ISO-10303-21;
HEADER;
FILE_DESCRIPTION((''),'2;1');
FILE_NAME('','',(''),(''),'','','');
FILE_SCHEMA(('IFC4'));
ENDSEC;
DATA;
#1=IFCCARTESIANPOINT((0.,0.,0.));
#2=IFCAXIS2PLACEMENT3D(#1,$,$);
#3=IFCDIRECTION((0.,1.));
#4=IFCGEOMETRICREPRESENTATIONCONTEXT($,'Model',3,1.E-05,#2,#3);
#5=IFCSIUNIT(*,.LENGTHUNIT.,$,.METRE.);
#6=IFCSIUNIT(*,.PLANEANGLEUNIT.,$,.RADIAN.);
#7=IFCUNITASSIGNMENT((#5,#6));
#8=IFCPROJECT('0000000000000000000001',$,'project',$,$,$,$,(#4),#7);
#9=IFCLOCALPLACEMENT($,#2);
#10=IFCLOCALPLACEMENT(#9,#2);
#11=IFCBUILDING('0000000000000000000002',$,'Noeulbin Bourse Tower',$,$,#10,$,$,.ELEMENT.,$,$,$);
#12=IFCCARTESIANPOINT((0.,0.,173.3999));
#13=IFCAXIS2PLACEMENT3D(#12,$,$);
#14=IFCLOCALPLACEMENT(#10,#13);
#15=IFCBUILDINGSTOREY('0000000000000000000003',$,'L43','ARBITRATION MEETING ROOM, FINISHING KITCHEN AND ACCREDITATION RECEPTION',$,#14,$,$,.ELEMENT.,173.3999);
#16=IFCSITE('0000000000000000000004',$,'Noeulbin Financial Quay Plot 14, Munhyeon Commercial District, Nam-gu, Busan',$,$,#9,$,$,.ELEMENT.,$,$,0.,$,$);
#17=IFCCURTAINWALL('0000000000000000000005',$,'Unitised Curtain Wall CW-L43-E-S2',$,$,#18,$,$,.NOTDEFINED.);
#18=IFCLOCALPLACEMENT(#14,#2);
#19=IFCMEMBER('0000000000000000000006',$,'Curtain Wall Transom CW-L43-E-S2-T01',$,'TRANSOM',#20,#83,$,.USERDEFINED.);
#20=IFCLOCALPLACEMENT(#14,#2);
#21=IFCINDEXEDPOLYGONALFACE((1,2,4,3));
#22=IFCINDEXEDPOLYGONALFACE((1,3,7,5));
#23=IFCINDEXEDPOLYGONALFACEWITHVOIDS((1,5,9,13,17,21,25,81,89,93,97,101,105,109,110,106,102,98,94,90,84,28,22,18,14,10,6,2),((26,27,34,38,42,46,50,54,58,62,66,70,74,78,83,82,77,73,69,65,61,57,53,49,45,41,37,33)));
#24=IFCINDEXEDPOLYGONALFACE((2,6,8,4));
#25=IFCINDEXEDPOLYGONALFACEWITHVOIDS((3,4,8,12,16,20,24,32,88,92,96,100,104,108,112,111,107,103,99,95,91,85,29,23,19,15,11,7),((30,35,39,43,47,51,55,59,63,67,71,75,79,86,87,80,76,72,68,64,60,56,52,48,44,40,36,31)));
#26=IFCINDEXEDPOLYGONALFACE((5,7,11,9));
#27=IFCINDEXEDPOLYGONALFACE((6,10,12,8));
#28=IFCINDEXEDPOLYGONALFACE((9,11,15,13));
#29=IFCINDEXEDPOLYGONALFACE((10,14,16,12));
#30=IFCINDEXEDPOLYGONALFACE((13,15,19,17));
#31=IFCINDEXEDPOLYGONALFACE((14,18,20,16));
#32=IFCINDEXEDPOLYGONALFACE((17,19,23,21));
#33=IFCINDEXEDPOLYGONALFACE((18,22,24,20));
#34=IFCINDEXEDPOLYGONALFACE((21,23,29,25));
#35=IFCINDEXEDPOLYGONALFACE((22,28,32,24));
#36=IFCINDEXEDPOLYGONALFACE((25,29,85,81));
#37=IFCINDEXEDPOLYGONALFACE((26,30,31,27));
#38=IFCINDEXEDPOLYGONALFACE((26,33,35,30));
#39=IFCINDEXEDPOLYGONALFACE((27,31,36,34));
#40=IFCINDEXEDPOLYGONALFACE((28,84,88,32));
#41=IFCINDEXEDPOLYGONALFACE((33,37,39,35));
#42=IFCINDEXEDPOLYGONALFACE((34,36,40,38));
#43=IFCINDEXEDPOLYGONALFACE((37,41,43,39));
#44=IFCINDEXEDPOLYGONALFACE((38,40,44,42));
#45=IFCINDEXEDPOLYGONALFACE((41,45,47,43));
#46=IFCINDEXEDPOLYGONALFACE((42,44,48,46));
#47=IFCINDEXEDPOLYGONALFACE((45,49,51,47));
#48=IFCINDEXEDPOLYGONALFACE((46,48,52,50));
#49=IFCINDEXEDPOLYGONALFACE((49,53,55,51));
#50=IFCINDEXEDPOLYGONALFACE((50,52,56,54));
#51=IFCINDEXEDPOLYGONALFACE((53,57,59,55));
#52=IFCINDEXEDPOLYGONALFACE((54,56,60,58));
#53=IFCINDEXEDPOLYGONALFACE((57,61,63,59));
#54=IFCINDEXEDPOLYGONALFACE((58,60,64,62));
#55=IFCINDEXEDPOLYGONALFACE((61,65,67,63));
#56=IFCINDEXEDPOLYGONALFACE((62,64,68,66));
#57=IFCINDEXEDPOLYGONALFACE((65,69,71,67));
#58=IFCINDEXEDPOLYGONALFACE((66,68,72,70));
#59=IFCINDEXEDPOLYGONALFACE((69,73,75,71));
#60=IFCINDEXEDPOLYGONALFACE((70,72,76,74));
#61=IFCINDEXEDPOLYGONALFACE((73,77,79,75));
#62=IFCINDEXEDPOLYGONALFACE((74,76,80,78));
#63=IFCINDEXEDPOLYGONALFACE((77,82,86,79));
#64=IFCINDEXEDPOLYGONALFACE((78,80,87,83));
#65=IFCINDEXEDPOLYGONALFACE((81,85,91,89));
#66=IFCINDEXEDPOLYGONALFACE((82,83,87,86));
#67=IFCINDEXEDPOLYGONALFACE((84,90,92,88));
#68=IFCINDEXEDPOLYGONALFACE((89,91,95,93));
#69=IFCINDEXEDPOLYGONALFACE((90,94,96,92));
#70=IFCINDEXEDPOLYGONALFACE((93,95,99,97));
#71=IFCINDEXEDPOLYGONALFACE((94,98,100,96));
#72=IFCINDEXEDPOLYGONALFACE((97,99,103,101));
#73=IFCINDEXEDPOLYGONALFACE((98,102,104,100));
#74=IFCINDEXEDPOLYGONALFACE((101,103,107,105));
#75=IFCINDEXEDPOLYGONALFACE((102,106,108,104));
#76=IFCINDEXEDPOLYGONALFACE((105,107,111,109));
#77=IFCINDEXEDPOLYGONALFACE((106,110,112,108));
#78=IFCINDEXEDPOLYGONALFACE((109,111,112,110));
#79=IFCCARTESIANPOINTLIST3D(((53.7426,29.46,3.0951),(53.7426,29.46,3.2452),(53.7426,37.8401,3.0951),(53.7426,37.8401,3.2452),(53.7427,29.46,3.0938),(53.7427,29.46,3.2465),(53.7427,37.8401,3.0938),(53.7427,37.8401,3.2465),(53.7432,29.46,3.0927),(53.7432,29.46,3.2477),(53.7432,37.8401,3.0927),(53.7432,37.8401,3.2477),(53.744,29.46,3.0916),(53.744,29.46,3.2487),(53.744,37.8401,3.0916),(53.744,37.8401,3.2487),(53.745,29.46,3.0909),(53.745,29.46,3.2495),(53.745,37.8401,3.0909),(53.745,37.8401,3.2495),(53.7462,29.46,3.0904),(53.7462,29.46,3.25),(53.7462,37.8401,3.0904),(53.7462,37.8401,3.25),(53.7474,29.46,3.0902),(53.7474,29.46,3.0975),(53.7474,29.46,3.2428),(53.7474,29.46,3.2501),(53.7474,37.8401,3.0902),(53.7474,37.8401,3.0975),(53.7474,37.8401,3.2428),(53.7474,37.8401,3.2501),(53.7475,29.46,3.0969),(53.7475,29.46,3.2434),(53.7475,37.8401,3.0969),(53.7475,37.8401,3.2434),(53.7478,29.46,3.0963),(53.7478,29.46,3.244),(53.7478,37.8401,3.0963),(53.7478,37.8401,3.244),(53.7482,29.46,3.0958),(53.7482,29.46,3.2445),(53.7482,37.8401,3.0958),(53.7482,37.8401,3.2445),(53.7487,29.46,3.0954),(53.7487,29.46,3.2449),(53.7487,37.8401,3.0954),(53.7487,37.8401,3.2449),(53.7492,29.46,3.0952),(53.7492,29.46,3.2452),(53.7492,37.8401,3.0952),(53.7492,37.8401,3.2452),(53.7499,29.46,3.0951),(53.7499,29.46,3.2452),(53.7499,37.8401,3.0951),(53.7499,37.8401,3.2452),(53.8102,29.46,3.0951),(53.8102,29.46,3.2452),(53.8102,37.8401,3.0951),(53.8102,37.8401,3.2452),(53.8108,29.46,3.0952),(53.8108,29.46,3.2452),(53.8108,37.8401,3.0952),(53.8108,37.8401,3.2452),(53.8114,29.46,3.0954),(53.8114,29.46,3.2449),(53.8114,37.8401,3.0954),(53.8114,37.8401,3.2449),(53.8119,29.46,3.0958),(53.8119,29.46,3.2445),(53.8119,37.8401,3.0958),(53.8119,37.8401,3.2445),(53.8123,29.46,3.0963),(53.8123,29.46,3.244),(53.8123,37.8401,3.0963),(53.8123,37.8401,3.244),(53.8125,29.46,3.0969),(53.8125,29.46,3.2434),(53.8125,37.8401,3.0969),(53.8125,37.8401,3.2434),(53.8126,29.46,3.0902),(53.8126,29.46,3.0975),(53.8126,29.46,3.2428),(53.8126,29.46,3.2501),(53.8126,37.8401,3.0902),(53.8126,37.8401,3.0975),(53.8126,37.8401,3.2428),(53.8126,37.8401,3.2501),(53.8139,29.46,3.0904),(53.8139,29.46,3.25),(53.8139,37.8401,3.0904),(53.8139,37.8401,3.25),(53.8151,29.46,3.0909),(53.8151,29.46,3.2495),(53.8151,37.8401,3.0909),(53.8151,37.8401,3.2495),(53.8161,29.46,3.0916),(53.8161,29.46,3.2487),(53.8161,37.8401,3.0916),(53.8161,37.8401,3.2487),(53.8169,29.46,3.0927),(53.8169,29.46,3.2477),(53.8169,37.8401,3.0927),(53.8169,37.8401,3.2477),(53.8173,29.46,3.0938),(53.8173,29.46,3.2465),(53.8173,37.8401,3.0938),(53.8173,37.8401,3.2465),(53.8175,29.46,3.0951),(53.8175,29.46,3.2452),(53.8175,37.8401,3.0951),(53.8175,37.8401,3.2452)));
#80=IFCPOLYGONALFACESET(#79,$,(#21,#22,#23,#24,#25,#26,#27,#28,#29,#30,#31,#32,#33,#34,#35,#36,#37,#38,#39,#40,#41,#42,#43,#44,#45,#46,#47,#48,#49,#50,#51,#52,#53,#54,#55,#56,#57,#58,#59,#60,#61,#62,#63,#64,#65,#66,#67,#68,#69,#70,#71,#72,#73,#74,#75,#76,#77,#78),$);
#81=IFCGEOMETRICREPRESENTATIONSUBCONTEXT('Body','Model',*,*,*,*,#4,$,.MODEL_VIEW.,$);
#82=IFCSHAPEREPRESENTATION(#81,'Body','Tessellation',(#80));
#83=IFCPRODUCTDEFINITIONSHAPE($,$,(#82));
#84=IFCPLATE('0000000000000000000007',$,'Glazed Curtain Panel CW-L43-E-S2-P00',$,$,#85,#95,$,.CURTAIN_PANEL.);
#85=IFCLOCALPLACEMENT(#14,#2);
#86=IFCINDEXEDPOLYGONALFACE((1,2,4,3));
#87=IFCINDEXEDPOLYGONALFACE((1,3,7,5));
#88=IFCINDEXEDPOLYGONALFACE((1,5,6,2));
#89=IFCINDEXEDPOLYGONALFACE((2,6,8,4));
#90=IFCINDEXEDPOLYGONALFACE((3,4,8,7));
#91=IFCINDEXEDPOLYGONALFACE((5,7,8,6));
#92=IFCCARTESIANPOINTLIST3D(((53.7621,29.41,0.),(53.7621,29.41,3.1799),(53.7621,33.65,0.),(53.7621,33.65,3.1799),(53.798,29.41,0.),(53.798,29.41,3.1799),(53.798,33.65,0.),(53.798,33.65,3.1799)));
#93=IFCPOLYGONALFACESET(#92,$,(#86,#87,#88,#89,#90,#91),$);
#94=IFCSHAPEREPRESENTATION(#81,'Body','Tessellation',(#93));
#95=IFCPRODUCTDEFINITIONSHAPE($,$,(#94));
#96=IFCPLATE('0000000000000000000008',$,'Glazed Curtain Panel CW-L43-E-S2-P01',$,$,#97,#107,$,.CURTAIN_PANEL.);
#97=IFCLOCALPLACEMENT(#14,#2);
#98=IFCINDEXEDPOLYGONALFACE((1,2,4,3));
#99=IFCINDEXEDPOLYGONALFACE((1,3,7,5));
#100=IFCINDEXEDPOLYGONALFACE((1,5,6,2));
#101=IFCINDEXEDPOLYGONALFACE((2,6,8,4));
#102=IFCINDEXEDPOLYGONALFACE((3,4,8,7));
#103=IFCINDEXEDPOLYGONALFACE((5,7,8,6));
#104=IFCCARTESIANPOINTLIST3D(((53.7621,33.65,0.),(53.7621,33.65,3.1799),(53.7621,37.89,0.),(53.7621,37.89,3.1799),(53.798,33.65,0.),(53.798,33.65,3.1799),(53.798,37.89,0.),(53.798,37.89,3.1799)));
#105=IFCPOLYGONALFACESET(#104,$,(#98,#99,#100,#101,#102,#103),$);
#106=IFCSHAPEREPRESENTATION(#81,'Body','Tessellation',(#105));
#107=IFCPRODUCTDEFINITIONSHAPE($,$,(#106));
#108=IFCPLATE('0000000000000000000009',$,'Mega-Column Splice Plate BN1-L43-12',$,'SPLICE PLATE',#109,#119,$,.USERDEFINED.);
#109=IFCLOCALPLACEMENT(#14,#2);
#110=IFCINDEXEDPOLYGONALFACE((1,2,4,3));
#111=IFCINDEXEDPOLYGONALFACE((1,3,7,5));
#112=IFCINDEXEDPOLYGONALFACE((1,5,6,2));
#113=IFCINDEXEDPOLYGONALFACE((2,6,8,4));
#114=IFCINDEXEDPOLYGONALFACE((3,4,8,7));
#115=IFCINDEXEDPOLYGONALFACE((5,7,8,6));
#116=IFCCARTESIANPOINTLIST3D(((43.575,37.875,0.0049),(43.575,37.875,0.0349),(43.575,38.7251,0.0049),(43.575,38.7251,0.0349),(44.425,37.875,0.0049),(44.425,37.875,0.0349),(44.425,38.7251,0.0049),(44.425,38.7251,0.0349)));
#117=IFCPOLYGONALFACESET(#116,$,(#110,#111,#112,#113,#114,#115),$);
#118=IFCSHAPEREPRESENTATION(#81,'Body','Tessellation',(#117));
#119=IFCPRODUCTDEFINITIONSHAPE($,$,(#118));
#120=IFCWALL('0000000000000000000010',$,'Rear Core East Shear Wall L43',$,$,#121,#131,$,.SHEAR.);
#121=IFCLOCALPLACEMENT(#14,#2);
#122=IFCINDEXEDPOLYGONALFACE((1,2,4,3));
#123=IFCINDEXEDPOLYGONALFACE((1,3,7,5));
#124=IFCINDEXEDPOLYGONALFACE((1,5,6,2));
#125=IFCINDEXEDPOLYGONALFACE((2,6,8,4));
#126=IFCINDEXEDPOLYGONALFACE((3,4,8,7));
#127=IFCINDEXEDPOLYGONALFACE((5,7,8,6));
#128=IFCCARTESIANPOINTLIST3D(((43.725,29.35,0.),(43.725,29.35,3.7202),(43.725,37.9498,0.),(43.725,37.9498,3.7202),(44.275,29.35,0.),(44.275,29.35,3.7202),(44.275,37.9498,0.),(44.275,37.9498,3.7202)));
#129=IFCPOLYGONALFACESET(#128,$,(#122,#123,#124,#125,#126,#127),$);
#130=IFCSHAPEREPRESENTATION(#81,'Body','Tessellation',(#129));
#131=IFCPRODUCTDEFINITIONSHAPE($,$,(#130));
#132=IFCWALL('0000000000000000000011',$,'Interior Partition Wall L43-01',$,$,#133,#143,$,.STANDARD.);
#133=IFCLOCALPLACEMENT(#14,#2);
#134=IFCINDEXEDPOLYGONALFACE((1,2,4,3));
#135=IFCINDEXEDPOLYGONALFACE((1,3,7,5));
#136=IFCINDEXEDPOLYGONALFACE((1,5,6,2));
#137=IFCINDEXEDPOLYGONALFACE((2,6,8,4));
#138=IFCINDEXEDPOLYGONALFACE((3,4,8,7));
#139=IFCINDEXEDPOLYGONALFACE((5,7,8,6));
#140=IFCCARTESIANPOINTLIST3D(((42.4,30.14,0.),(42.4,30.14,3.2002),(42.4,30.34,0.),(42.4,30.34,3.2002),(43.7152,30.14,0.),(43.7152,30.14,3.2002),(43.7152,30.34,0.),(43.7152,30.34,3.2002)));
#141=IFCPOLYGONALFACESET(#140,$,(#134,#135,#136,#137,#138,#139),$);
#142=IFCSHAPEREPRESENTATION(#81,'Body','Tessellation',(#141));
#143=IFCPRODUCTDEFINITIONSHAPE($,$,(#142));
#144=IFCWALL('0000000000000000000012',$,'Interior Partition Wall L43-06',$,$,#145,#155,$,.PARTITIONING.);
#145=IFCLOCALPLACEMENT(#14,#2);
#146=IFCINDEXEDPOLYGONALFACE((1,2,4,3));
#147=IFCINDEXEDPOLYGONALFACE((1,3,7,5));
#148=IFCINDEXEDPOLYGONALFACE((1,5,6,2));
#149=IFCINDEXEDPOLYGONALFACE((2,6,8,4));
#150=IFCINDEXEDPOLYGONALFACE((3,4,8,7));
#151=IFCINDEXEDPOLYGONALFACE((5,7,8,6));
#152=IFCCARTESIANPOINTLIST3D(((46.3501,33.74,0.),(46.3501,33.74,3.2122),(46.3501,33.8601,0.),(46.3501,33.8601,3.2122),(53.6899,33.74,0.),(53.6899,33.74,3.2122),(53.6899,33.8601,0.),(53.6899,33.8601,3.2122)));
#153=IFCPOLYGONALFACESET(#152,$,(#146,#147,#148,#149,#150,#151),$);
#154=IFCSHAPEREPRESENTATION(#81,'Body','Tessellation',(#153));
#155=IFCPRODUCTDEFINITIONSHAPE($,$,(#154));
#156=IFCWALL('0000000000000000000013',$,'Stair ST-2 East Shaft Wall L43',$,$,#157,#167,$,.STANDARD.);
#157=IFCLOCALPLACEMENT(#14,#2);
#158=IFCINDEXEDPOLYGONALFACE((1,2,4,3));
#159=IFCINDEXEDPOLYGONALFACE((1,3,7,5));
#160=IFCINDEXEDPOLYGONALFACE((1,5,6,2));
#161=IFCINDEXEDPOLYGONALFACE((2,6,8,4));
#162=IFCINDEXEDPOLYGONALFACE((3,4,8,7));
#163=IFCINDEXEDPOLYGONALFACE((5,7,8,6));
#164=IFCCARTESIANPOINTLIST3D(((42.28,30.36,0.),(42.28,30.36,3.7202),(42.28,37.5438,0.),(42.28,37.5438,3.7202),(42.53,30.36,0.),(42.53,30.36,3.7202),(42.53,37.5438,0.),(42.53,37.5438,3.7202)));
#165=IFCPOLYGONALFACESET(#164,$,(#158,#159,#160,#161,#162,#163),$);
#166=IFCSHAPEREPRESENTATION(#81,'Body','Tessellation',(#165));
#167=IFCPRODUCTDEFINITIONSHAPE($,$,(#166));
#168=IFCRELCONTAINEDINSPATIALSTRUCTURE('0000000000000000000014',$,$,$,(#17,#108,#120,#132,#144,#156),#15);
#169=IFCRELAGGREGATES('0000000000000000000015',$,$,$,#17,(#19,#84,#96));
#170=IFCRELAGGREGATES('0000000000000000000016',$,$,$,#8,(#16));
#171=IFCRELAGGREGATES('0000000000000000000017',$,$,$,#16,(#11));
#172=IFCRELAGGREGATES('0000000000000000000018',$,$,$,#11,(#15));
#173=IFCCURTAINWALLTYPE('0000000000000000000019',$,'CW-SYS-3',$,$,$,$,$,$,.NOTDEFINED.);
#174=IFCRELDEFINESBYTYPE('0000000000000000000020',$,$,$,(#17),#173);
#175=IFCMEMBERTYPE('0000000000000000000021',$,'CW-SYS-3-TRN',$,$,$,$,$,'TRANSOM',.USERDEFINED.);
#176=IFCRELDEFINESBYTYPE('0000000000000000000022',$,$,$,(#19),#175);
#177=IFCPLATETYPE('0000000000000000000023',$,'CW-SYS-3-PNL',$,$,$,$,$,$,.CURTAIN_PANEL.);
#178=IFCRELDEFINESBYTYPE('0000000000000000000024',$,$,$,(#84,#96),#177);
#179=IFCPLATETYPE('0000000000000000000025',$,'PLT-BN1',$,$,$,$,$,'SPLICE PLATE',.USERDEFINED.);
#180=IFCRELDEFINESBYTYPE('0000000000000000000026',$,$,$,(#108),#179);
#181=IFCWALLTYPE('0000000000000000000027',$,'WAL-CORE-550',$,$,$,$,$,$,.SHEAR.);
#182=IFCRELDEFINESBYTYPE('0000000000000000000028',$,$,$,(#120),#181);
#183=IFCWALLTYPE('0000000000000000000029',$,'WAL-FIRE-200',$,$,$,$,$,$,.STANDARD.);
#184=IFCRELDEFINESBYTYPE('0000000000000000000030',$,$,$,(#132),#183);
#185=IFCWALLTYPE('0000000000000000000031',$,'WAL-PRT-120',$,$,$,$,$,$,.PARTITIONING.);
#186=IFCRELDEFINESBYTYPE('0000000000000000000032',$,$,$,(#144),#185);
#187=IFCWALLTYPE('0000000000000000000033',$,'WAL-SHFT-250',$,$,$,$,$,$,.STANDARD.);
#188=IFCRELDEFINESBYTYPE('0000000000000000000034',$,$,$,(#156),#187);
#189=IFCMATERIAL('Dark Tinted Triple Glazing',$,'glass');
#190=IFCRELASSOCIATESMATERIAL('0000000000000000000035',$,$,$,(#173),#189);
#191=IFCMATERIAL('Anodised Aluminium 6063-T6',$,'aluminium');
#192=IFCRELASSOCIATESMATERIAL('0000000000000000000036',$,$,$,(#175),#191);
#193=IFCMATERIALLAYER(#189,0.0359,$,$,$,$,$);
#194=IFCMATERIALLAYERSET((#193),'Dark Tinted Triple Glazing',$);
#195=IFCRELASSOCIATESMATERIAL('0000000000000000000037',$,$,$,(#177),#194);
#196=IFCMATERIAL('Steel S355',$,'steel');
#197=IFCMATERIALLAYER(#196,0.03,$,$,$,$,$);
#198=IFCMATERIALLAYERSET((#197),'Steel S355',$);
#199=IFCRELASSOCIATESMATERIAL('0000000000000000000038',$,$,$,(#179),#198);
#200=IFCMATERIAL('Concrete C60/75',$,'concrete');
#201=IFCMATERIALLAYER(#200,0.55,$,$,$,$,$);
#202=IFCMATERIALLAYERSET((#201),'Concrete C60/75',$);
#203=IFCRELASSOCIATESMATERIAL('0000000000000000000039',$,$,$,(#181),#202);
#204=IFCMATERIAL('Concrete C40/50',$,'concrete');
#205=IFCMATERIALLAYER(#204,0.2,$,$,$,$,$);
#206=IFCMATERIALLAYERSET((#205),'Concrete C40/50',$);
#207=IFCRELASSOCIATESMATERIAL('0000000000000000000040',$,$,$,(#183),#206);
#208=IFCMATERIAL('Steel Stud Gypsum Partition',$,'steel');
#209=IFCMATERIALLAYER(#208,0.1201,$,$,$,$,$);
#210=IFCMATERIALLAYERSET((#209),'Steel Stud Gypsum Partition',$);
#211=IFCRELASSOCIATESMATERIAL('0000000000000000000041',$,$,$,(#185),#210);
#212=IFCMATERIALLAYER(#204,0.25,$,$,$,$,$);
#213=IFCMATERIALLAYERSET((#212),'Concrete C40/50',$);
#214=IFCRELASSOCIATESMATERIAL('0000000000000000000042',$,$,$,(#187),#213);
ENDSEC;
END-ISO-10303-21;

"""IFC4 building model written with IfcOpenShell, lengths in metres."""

from ifc_helpers import new_model, si_unit, direction, frame, frame_2d, origin, origin_2d, place, context, subcontext, project, spatial, rectangle, hollow_rectangle, extrude, material, layer, layer_set, material_profile, profile_set, type_object, element, aggregate, save


model = new_model("IFC4")

# Units and contexts
model_context = context("Model", 3, precision=1e-05, world=origin(), true_north=direction((0.0, 1.0)))
body_context = subcontext(model_context, "Body", "Model", "MODEL_VIEW")
ifc_project = project(units=[si_unit("LENGTHUNIT", "METRE"), si_unit("PLANEANGLEUNIT", "RADIAN")], contexts=[model_context])

# Site, building, storey
site_placement = place(None, origin())
site = spatial("IfcSite", under=ifc_project, at=site_placement, Name="Noeulbin Financial Quay Plot 14, Munhyeon Commercial District, Nam-gu, Busan", CompositionType="ELEMENT", RefElevation=0.0)
building_placement = place(site_placement, origin())
building = spatial("IfcBuilding", under=site, at=building_placement, Name="Noeulbin Bourse Tower", CompositionType="ELEMENT")
storey_placement = place(building_placement, frame((0.0, 0.0, 173.3999)))
storey = spatial("IfcBuildingStorey", under=building, at=storey_placement, Name="L43", Description="ARBITRATION MEETING ROOM, FINISHING KITCHEN AND ACCREDITATION RECEPTION", CompositionType="ELEMENT", Elevation=173.3999)

# Shared definitions
ifc_material_1 = material(Name="Steel S355", Category="steel")

# Curtain wall, member, plates
ifc_material_2 = material(Name="Dark Tinted Triple Glazing", Category="glass")
curtain_wall_type = type_object("IfcCurtainWallType", Name="CW-SYS-3", PredefinedType="NOTDEFINED", material=ifc_material_2)
curtain_wall_placement = place(storey_placement, origin())
curtain_wall = element("IfcCurtainWall", 1, at=curtain_wall_placement, inside=storey, type_object=curtain_wall_type, Name="Unitised Curtain Wall CW-L43-E-S2", PredefinedType="NOTDEFINED")
ifc_material_3 = material(Name="Anodised Aluminium 6063-T6", Category="aluminium")
ifc_material_profile_1 = material_profile(ifc_material_3, hollow_rectangle(XDim=0.075, YDim=0.1599, WallThickness=0.0049, InnerFilletRadius=0.0024, OuterFilletRadius=0.0049, at=origin_2d()), Name="ALU-TRAN-75x160x5", Category="LoadBearing")
ifc_profile_set_1 = profile_set([ifc_material_profile_1], Name="Anodised Aluminium 6063-T6")
member_type_1 = type_object("IfcMemberType", Name="CW-SYS-3-TRN", ElementType="TRANSOM", PredefinedType="USERDEFINED", material=ifc_profile_set_1)
member_1_placement = place(storey_placement, frame((53.78, 29.46, 3.1702), z_axis=(0.0, 1.0, 0.0), x_axis=(-1.0, 0.0, 0.0)))
member_1 = element("IfcMember", 2, at=member_1_placement, type_object=member_type_1, Name="Curtain Wall Transom CW-L43-E-S2-T01", ObjectType="TRANSOM", PredefinedType="USERDEFINED", context=body_context, shape_type="SweptSolid", body=[
    extrude(hollow_rectangle(XDim=0.075, YDim=0.1599, WallThickness=0.0049, InnerFilletRadius=0.0024, OuterFilletRadius=0.0049, at=origin_2d()), origin(), (0.0, 0.0, 1.0), 8.3801),
])
ifc_layer_1 = layer(ifc_material_2, 0.0359)
ifc_layer_set_1 = layer_set([ifc_layer_1], Name="Dark Tinted Triple Glazing")
plate_type_1 = type_object("IfcPlateType", Name="CW-SYS-3-PNL", PredefinedType="CURTAIN_PANEL", material=ifc_layer_set_1)
plate_1_placement = place(storey_placement, frame((53.78, 31.53, 0.0), z_axis=(0.0, 0.0, 1.0), x_axis=(0.0, 1.0, 0.0)))
plate_1 = element("IfcPlate", 3, at=plate_1_placement, type_object=plate_type_1, Name="Glazed Curtain Panel CW-L43-E-S2-P00", PredefinedType="CURTAIN_PANEL", context=body_context, shape_type="SweptSolid", body=[
    extrude(rectangle(XDim=4.24, YDim=0.0359, at=origin_2d()), origin(), (0.0, 0.0, 1.0), 3.1799),
])
plate_2_placement = place(storey_placement, frame((53.78, 35.77, 0.0), z_axis=(0.0, 0.0, 1.0), x_axis=(0.0, 1.0, 0.0)))
plate_2 = element("IfcPlate", 4, at=plate_2_placement, type_object=plate_type_1, Name="Glazed Curtain Panel CW-L43-E-S2-P01", PredefinedType="CURTAIN_PANEL", context=body_context, shape_type="SweptSolid", body=[
    extrude(rectangle(XDim=4.24, YDim=0.0359, at=origin_2d()), origin(), (0.0, 0.0, 1.0), 3.1799),
])
aggregate(curtain_wall, [member_1, plate_1, plate_2])

# Plate
ifc_layer_2 = layer(ifc_material_1, 0.03)
ifc_layer_set_2 = layer_set([ifc_layer_2], Name="Steel S355")
plate_type_2 = type_object("IfcPlateType", Name="PLT-BN1", ElementType="SPLICE PLATE", PredefinedType="USERDEFINED", material=ifc_layer_set_2)
plate_3_placement = place(storey_placement, frame((44.0, 38.3, 0.0049), z_axis=(0.0, 0.0, 1.0), x_axis=(1.0, 0.0, 0.0)))
element("IfcPlate", 5, at=plate_3_placement, inside=storey, type_object=plate_type_2, Name="Mega-Column Splice Plate BN1-L43-12", ObjectType="SPLICE PLATE", PredefinedType="USERDEFINED", context=body_context, shape_type="SweptSolid", body=[
    extrude(rectangle(XDim=0.8501, YDim=0.8501, at=origin_2d()), origin(), (0.0, 0.0, 1.0), 0.03),
])

# Walls
ifc_material_4 = material(Name="Concrete C60/75", Category="concrete")
ifc_layer_3 = layer(ifc_material_4, 0.55)
ifc_layer_set_3 = layer_set([ifc_layer_3], Name="Concrete C60/75")
wall_type_1 = type_object("IfcWallType", Name="WAL-CORE-550", PredefinedType="SHEAR", material=ifc_layer_set_3)
wall_1_placement = place(storey_placement, frame((44.0, 29.3501, 0.0), z_axis=(0.0, 0.0, 1.0), x_axis=(0.0, 1.0, 0.0)))
element("IfcWall", 6, at=wall_1_placement, inside=storey, type_object=wall_type_1, Name="Rear Core East Shear Wall L43", PredefinedType="SHEAR", context=body_context, shape_type="SweptSolid", body=[
    extrude(rectangle(XDim=8.5999, YDim=0.55, at=frame_2d((4.2998, 0.0))), origin(), (0.0, 0.0, 1.0), 3.7202),
])
ifc_material_5 = material(Name="Concrete C40/50", Category="concrete")
ifc_layer_4 = layer(ifc_material_5, 0.2)
ifc_layer_set_4 = layer_set([ifc_layer_4], Name="Concrete C40/50")
wall_type_2 = type_object("IfcWallType", Name="WAL-FIRE-200", PredefinedType="STANDARD", material=ifc_layer_set_4)
wall_2_placement = place(storey_placement, frame((42.3999, 30.24, 0.0), z_axis=(0.0, 0.0, 1.0), x_axis=(1.0, 0.0, 0.0)))
element("IfcWall", 7, at=wall_2_placement, inside=storey, type_object=wall_type_2, Name="Interior Partition Wall L43-01", PredefinedType="STANDARD", context=body_context, shape_type="SweptSolid", body=[
    extrude(rectangle(XDim=1.3152, YDim=0.2, at=frame_2d((0.6577, 0.0))), origin(), (0.0, 0.0, 1.0), 3.2002),
])
ifc_material_6 = material(Name="Steel Stud Gypsum Partition", Category="steel")
ifc_layer_5 = layer(ifc_material_6, 0.1201)
ifc_layer_set_5 = layer_set([ifc_layer_5], Name="Steel Stud Gypsum Partition")
wall_type_3 = type_object("IfcWallType", Name="WAL-PRT-120", PredefinedType="PARTITIONING", material=ifc_layer_set_5)
wall_3_placement = place(storey_placement, frame((46.3501, 33.8, 0.0), z_axis=(0.0, 0.0, 1.0), x_axis=(1.0, 0.0, 0.0)))
element("IfcWall", 8, at=wall_3_placement, inside=storey, type_object=wall_type_3, Name="Interior Partition Wall L43-06", PredefinedType="PARTITIONING", context=body_context, shape_type="SweptSolid", body=[
    extrude(rectangle(XDim=7.3398, YDim=0.1201, at=frame_2d((3.6699, 0.0))), origin(), (0.0, 0.0, 1.0), 3.2122),
])
ifc_layer_6 = layer(ifc_material_5, 0.25)
ifc_layer_set_6 = layer_set([ifc_layer_6], Name="Concrete C40/50")
wall_type_4 = type_object("IfcWallType", Name="WAL-SHFT-250", PredefinedType="STANDARD", material=ifc_layer_set_6)
wall_4_placement = place(storey_placement, frame((42.405, 30.3601, 0.0), z_axis=(0.0, 0.0, 1.0), x_axis=(0.0, 1.0, 0.0)))
element("IfcWall", 9, at=wall_4_placement, inside=storey, type_object=wall_type_4, Name="Stair ST-2 East Shaft Wall L43", PredefinedType="STANDARD", context=body_context, shape_type="SweptSolid", body=[
    extrude(rectangle(XDim=7.1838, YDim=0.25, at=frame_2d((3.5918, 0.0))), origin(), (0.0, 0.0, 1.0), 3.7202),
])

save(model, "model.ifc")
